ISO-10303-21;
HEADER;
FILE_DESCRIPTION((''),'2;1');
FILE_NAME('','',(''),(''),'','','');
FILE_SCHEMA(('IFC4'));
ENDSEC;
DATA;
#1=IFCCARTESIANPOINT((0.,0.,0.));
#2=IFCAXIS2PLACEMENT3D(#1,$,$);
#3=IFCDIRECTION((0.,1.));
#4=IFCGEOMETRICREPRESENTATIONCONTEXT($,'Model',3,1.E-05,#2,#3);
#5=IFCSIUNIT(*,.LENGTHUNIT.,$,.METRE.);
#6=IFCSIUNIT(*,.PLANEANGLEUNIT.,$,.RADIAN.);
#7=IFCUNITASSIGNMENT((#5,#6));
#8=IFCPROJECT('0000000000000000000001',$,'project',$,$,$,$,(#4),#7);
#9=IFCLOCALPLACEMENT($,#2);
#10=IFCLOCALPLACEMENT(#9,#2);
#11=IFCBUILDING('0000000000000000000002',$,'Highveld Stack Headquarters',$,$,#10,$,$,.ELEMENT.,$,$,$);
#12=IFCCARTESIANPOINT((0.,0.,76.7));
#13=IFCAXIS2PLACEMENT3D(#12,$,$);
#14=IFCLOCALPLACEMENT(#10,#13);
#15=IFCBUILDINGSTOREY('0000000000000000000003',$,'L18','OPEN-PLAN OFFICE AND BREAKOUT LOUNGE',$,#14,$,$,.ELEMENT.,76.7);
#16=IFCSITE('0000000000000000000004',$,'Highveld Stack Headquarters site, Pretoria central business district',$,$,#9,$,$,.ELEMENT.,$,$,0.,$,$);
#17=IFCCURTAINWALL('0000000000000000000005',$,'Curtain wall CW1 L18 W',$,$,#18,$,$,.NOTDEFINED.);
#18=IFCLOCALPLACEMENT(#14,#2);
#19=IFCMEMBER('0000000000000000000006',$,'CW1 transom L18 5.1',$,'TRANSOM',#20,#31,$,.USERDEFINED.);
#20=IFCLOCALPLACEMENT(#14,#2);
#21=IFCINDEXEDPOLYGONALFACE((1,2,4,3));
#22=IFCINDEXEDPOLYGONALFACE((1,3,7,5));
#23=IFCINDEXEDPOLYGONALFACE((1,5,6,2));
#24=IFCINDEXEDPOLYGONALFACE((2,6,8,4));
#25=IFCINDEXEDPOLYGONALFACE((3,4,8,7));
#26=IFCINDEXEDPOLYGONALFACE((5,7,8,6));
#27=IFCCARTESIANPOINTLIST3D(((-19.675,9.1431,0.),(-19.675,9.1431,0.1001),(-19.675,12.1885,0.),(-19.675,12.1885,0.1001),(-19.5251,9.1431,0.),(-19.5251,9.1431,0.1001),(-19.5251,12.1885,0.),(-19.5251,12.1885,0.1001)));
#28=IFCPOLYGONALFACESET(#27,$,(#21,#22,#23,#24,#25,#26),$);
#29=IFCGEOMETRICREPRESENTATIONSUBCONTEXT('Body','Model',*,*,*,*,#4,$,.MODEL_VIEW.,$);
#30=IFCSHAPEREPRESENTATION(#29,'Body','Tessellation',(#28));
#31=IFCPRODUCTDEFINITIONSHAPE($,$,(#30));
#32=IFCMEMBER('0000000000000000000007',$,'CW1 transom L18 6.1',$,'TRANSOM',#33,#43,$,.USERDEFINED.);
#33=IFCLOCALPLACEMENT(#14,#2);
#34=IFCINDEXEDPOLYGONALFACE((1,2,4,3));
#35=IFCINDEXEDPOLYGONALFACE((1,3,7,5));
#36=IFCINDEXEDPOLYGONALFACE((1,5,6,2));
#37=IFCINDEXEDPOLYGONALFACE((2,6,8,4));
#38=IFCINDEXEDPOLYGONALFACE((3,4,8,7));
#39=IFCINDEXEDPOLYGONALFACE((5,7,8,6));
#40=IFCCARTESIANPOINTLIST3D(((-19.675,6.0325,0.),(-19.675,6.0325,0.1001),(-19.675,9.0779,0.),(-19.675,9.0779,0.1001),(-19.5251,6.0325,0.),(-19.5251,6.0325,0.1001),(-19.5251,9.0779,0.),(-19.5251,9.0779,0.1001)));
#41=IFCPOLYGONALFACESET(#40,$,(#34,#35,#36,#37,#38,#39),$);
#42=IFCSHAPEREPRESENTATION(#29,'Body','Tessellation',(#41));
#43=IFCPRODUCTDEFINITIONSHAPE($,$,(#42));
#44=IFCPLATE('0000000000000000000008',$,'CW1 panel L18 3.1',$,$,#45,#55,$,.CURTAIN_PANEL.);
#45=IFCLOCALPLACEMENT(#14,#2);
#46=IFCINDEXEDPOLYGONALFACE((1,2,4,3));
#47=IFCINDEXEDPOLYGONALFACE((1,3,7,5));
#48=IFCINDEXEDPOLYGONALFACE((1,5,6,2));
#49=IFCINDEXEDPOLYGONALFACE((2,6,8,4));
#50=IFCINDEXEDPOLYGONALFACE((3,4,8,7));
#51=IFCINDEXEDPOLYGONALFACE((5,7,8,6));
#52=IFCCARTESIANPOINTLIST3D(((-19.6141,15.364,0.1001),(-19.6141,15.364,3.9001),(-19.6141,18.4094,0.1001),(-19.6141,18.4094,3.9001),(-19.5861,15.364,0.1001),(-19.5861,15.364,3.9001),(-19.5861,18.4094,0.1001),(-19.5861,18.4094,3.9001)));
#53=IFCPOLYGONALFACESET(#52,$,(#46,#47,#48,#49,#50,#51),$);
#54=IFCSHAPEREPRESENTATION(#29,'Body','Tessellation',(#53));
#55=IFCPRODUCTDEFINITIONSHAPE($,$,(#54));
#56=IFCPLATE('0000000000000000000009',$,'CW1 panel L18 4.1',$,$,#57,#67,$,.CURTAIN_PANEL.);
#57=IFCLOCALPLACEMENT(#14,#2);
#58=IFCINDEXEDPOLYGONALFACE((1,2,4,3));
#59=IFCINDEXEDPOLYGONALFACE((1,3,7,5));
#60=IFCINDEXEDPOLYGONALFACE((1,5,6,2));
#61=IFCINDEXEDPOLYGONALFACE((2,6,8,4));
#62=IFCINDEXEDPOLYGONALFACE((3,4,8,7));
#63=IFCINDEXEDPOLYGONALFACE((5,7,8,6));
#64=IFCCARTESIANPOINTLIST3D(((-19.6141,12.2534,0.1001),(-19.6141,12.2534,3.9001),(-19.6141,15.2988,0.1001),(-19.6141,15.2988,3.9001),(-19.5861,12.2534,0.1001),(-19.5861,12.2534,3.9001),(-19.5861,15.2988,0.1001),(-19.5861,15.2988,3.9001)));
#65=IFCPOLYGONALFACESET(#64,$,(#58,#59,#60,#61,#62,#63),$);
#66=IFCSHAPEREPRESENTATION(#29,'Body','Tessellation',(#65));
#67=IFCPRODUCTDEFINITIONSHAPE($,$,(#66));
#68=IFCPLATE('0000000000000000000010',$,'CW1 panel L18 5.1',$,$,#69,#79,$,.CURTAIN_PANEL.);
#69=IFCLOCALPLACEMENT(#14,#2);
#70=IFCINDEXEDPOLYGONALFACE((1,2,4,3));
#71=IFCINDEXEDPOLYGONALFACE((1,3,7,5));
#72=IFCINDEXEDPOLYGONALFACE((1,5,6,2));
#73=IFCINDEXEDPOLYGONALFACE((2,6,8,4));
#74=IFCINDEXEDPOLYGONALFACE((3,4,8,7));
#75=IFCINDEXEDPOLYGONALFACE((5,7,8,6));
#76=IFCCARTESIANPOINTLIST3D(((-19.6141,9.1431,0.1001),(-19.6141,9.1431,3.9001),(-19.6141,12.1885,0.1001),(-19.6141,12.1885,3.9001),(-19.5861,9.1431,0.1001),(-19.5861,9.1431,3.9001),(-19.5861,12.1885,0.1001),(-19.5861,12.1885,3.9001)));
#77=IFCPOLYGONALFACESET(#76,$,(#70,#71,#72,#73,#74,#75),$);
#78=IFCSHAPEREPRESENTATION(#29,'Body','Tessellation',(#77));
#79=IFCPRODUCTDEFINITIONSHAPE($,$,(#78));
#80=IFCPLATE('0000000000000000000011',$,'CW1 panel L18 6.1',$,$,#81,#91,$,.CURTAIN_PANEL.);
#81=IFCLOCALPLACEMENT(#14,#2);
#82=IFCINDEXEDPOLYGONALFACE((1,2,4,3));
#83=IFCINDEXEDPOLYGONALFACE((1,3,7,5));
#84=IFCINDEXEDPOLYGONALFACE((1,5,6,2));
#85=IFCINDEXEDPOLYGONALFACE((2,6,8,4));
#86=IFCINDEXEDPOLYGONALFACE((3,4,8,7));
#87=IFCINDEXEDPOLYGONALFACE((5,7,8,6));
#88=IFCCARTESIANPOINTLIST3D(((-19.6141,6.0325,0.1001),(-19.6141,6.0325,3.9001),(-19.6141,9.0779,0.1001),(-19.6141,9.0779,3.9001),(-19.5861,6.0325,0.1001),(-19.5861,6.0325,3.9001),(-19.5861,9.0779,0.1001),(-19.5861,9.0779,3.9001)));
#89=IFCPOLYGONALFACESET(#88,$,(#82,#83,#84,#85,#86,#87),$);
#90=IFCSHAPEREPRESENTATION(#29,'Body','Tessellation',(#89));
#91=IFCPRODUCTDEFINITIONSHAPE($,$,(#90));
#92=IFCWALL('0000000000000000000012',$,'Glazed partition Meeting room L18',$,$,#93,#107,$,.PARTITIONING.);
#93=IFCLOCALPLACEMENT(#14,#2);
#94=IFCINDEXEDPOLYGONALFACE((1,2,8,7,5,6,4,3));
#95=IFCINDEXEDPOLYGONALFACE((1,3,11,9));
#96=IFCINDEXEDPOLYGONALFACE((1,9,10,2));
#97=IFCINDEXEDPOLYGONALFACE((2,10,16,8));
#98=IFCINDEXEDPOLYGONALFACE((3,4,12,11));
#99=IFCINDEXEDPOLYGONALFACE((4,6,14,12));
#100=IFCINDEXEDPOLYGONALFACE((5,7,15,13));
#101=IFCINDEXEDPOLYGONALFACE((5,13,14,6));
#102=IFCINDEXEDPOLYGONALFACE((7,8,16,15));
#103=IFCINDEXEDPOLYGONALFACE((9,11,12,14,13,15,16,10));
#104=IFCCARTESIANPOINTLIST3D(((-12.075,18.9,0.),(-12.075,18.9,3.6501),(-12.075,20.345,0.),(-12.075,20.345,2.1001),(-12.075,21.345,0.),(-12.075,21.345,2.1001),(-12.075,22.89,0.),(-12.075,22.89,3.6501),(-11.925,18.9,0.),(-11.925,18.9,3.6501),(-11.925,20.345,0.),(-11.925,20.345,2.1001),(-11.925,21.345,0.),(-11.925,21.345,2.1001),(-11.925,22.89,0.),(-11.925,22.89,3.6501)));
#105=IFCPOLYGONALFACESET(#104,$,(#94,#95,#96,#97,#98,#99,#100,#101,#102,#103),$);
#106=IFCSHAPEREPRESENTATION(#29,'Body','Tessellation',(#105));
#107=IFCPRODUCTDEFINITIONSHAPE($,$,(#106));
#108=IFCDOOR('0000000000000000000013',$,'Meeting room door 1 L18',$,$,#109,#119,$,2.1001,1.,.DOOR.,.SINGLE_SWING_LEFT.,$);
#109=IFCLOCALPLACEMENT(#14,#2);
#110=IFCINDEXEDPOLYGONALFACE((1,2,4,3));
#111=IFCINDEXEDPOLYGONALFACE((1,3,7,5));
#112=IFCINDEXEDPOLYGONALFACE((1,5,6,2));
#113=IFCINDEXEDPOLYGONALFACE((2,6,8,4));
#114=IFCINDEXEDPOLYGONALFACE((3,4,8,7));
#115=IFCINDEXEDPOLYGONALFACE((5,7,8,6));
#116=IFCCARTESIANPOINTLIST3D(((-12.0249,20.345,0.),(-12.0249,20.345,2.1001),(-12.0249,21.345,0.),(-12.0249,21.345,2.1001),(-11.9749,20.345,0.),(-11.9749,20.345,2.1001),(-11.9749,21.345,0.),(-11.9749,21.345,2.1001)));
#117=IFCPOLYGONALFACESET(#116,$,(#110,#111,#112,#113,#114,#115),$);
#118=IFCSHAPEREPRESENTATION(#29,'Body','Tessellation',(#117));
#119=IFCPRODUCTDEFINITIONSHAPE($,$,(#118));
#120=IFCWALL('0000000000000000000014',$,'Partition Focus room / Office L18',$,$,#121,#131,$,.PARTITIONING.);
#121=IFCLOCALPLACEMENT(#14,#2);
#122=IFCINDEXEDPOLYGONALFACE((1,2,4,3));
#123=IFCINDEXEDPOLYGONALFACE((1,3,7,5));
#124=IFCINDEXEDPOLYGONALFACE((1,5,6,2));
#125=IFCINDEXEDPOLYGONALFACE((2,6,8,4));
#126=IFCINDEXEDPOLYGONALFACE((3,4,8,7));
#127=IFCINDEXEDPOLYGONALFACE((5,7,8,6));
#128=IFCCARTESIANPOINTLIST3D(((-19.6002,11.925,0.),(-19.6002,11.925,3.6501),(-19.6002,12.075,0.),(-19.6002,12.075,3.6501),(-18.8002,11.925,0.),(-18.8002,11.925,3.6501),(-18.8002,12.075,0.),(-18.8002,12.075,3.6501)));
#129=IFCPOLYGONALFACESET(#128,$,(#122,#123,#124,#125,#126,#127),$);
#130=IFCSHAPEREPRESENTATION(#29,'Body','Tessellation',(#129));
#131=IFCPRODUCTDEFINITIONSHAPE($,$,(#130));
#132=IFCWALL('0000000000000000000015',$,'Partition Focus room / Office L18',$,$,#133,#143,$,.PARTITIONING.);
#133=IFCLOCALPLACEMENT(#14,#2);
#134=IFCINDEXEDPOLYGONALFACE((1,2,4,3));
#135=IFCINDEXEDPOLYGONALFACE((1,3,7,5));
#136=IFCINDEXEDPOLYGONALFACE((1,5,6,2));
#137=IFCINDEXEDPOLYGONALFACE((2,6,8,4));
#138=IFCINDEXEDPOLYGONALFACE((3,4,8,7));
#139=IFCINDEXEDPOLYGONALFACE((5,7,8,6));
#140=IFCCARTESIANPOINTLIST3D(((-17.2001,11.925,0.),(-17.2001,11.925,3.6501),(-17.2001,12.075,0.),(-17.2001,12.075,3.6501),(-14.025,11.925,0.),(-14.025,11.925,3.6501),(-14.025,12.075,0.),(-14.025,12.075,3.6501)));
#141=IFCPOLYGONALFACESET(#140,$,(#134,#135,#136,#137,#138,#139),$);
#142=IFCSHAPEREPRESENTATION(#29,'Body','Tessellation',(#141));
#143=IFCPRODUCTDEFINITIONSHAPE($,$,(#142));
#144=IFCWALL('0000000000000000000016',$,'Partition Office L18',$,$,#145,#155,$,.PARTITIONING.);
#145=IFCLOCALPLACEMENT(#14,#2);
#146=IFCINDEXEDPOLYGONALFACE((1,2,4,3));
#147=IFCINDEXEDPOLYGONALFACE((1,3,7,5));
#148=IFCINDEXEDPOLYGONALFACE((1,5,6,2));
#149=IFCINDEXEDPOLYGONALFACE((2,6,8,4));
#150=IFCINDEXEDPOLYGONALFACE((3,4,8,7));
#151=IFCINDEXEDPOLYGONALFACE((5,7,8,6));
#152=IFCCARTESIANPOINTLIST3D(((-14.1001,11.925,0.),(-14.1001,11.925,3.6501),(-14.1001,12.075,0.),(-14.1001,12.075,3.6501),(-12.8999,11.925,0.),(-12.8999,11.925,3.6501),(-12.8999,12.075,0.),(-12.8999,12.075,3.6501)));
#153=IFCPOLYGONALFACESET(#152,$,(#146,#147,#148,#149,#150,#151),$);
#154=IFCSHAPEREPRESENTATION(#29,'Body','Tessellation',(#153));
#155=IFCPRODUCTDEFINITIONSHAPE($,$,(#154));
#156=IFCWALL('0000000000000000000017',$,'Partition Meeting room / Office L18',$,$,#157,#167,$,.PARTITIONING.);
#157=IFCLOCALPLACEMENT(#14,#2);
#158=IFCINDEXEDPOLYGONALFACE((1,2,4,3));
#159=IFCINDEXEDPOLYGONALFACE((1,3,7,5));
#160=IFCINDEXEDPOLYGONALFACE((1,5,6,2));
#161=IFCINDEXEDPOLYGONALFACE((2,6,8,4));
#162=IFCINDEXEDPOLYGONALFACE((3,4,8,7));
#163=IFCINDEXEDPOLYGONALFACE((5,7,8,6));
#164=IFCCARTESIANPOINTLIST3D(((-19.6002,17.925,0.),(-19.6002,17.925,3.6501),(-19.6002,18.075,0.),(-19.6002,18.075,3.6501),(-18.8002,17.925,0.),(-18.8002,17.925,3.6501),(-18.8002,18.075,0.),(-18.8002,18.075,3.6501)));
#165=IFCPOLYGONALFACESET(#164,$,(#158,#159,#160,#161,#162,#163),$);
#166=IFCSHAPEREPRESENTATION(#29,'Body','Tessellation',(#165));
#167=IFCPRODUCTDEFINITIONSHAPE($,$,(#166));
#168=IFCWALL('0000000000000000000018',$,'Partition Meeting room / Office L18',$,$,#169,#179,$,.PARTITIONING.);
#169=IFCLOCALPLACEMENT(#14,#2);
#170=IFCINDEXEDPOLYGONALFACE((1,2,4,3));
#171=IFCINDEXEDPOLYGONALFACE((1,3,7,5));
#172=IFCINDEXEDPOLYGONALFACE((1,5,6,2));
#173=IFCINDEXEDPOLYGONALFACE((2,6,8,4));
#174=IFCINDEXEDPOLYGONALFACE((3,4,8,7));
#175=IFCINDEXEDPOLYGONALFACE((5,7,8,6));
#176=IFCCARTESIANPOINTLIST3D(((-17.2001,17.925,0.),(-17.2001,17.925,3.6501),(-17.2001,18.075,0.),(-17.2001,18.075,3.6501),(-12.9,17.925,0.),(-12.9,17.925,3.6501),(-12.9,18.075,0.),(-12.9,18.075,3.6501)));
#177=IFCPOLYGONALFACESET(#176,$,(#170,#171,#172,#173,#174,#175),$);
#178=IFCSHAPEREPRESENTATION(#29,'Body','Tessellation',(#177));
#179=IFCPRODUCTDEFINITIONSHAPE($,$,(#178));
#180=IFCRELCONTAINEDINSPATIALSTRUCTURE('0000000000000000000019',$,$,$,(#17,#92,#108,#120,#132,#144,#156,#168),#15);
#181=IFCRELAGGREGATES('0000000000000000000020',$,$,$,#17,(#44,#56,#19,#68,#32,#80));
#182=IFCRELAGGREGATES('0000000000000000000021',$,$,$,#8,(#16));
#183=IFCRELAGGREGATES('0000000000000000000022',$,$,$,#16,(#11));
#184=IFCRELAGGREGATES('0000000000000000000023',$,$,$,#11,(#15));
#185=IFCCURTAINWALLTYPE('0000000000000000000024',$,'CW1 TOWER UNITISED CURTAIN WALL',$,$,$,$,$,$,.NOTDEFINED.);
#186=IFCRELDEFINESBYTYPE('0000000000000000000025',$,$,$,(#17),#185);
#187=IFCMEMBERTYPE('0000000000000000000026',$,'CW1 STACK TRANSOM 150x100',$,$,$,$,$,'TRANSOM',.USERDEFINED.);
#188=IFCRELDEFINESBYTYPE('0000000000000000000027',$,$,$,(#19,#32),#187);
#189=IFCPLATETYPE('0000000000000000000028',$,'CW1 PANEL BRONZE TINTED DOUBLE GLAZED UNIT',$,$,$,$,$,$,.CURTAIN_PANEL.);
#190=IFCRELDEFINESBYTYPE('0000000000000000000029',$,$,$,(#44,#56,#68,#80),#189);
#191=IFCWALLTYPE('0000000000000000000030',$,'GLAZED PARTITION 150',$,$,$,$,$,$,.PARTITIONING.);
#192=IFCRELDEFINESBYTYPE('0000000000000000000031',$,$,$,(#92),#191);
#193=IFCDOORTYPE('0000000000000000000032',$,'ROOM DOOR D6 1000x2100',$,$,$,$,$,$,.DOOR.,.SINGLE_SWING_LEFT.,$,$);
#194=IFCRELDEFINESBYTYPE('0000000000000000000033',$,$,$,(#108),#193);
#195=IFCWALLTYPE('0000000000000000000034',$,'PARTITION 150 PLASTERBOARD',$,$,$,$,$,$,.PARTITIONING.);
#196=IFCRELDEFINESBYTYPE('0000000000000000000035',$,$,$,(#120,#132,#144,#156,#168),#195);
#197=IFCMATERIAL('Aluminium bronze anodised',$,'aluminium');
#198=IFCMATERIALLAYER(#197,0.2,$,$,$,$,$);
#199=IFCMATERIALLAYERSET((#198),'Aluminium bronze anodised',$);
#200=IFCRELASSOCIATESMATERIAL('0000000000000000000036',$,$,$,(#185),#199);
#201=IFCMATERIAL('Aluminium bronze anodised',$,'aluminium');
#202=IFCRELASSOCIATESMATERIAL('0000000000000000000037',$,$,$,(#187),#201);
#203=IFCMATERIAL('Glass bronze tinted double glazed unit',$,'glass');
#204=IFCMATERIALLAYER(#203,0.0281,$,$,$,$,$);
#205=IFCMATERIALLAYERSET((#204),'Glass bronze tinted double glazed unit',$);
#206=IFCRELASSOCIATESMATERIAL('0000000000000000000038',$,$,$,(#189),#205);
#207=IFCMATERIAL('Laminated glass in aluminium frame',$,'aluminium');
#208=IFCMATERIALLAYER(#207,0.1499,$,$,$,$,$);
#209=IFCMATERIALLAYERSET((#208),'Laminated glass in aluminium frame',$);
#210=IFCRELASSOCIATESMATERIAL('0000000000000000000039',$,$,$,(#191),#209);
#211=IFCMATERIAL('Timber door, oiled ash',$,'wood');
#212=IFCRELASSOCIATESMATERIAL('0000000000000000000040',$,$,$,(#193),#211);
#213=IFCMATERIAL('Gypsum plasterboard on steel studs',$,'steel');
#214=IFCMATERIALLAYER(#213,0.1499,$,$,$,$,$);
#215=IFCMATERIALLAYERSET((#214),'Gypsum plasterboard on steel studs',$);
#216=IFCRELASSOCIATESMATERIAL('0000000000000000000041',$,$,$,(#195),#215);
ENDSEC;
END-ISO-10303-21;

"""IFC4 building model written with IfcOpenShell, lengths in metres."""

from ifc_helpers import new_model, si_unit, direction, frame, frame_2d, origin, origin_2d, place, context, subcontext, project, spatial, rectangle, extrude, material, layer, layer_set, material_profile, profile_set, type_object, element, fill, aggregate, save


model = new_model("IFC4")

# Units and contexts
model_context = context("Model", 3, precision=1e-05, world=origin(), true_north=direction((0.0, 1.0)))
body_context = subcontext(model_context, "Body", "Model", "MODEL_VIEW")
ifc_project = project(units=[si_unit("LENGTHUNIT", "METRE"), si_unit("PLANEANGLEUNIT", "RADIAN")], contexts=[model_context])

# Site, building, storey
site_placement = place(None, origin())
site = spatial("IfcSite", under=ifc_project, at=site_placement, Name="Highveld Stack Headquarters site, Pretoria central business district", CompositionType="ELEMENT", RefElevation=0.0)
building_placement = place(site_placement, origin())
building = spatial("IfcBuilding", under=site, at=building_placement, Name="Highveld Stack Headquarters", CompositionType="ELEMENT")
storey_placement = place(building_placement, frame((0.0, 0.0, 76.7)))
storey = spatial("IfcBuildingStorey", under=building, at=storey_placement, Name="L18", Description="OPEN-PLAN OFFICE AND BREAKOUT LOUNGE", CompositionType="ELEMENT", Elevation=76.7)

# Curtain wall, members, plates
ifc_material_1 = material(Name="Aluminium bronze anodised", Category="aluminium")
ifc_layer_1 = layer(ifc_material_1, 0.2)
ifc_layer_set_1 = layer_set([ifc_layer_1], Name="Aluminium bronze anodised")
curtain_wall_type = type_object("IfcCurtainWallType", Name="CW1 TOWER UNITISED CURTAIN WALL", PredefinedType="NOTDEFINED", material=ifc_layer_set_1)
curtain_wall_placement = place(storey_placement, origin())
curtain_wall = element("IfcCurtainWall", 1, at=curtain_wall_placement, inside=storey, type_object=curtain_wall_type, Name="Curtain wall CW1 L18 W", PredefinedType="NOTDEFINED")
ifc_material_2 = material(Name="Aluminium bronze anodised", Category="aluminium")
ifc_material_profile_1 = material_profile(ifc_material_2, rectangle(XDim=0.1499, YDim=0.1001, at=origin_2d()), Name="CW1 TRANSOM 150x100")
ifc_profile_set_1 = profile_set([ifc_material_profile_1], Name="Aluminium bronze anodised")
member_type_1 = type_object("IfcMemberType", Name="CW1 STACK TRANSOM 150x100", ElementType="TRANSOM", PredefinedType="USERDEFINED", material=ifc_profile_set_1)
member_1_placement = place(storey_placement, frame((-19.6001, 12.1885, 0.05), z_axis=(0.0, -1.0, 0.0), x_axis=(1.0, 0.0, 0.0)))
member_1 = element("IfcMember", 2, at=member_1_placement, type_object=member_type_1, Name="CW1 transom L18 5.1", ObjectType="TRANSOM", PredefinedType="USERDEFINED", context=body_context, shape_type="SweptSolid", body=[
    extrude(rectangle(XDim=0.1499, YDim=0.1001, at=origin_2d()), origin(), (0.0, 0.0, 1.0), 3.0454),
])
member_2_placement = place(storey_placement, frame((-19.6001, 9.0779, 0.05), z_axis=(0.0, -1.0, 0.0), x_axis=(1.0, 0.0, 0.0)))
member_2 = element("IfcMember", 3, at=member_2_placement, type_object=member_type_1, Name="CW1 transom L18 6.1", ObjectType="TRANSOM", PredefinedType="USERDEFINED", context=body_context, shape_type="SweptSolid", body=[
    extrude(rectangle(XDim=0.1499, YDim=0.1001, at=origin_2d()), origin(), (0.0, 0.0, 1.0), 3.0454),
])
ifc_material_3 = material(Name="Glass bronze tinted double glazed unit", Category="glass")
ifc_layer_2 = layer(ifc_material_3, 0.0281)
ifc_layer_set_2 = layer_set([ifc_layer_2], Name="Glass bronze tinted double glazed unit")
plate_type = type_object("IfcPlateType", Name="CW1 PANEL BRONZE TINTED DOUBLE GLAZED UNIT", PredefinedType="CURTAIN_PANEL", material=ifc_layer_set_2)
plate_1_placement = place(storey_placement, frame((-19.6001, 16.8867, 0.1001), z_axis=(0.0, 0.0, 1.0), x_axis=(0.0, -1.0, 0.0)))
plate_1 = element("IfcPlate", 4, at=plate_1_placement, type_object=plate_type, Name="CW1 panel L18 3.1", PredefinedType="CURTAIN_PANEL", context=body_context, shape_type="SweptSolid", body=[
    extrude(rectangle(XDim=3.0454, YDim=0.0281, at=origin_2d()), origin(), (0.0, 0.0, 1.0), 3.8),
])
plate_2_placement = place(storey_placement, frame((-19.6001, 13.7761, 0.1001), z_axis=(0.0, 0.0, 1.0), x_axis=(0.0, -1.0, 0.0)))
plate_2 = element("IfcPlate", 5, at=plate_2_placement, type_object=plate_type, Name="CW1 panel L18 4.1", PredefinedType="CURTAIN_PANEL", context=body_context, shape_type="SweptSolid", body=[
    extrude(rectangle(XDim=3.0454, YDim=0.0281, at=origin_2d()), origin(), (0.0, 0.0, 1.0), 3.8),
])
plate_3_placement = place(storey_placement, frame((-19.6001, 10.6658, 0.1001), z_axis=(0.0, 0.0, 1.0), x_axis=(0.0, -1.0, 0.0)))
plate_3 = element("IfcPlate", 6, at=plate_3_placement, type_object=plate_type, Name="CW1 panel L18 5.1", PredefinedType="CURTAIN_PANEL", context=body_context, shape_type="SweptSolid", body=[
    extrude(rectangle(XDim=3.0454, YDim=0.0281, at=origin_2d()), origin(), (0.0, 0.0, 1.0), 3.8),
])
plate_4_placement = place(storey_placement, frame((-19.6001, 7.5552, 0.1001), z_axis=(0.0, 0.0, 1.0), x_axis=(0.0, -1.0, 0.0)))
plate_4 = element("IfcPlate", 7, at=plate_4_placement, type_object=plate_type, Name="CW1 panel L18 6.1", PredefinedType="CURTAIN_PANEL", context=body_context, shape_type="SweptSolid", body=[
    extrude(rectangle(XDim=3.0454, YDim=0.0281, at=origin_2d()), origin(), (0.0, 0.0, 1.0), 3.8),
])
aggregate(curtain_wall, [plate_1, plate_2, member_1, plate_3, member_2, plate_4])

# Wall, opening, door
ifc_material_4 = material(Name="Laminated glass in aluminium frame", Category="aluminium")
ifc_layer_3 = layer(ifc_material_4, 0.1499)
ifc_layer_set_3 = layer_set([ifc_layer_3], Name="Laminated glass in aluminium frame")
wall_type_1 = type_object("IfcWallType", Name="GLAZED PARTITION 150", PredefinedType="PARTITIONING", material=ifc_layer_set_3)
wall_1_placement = place(storey_placement, frame((-12.0, 18.8999, 0.0), z_axis=(0.0, 0.0, 1.0), x_axis=(0.0, 1.0, 0.0)))
wall_1 = element("IfcWall", 8, at=wall_1_placement, inside=storey, type_object=wall_type_1, Name="Glazed partition Meeting room L18", PredefinedType="PARTITIONING", context=body_context, shape_type="SweptSolid", body=[
    extrude(rectangle(XDim=3.99, YDim=0.1499, at=frame_2d((1.9951, 0.0))), origin(), (0.0, 0.0, 1.0), 3.6501),
])
opening_1_placement = place(wall_1_placement, frame((1.4451, 0.0, 0.0)))
opening_1 = element("IfcOpeningElement", 9, at=opening_1_placement, cuts=wall_1, PredefinedType="OPENING", context=body_context, shape_type="SweptSolid", body=[
    extrude(rectangle(XDim=1.0, YDim=2.1001, at=frame_2d((0.5, 1.05))), frame((0.0, 0.085, 0.0), z_axis=(0.0, -1.0, 0.0), x_axis=(1.0, 0.0, 0.0)), (0.0, 0.0, 1.0), 0.1699),
])
ifc_material_5 = material(Name="Timber door, oiled ash", Category="wood")
door_type = type_object("IfcDoorType", Name="ROOM DOOR D6 1000x2100", OperationType="SINGLE_SWING_LEFT", PredefinedType="DOOR", material=ifc_material_5)
door_1_placement = place(opening_1_placement, origin())
door_1 = element("IfcDoor", 10, at=door_1_placement, inside=storey, type_object=door_type, Name="Meeting room door 1 L18", OperationType="SINGLE_SWING_LEFT", OverallHeight=2.1001, OverallWidth=1.0, PredefinedType="DOOR", context=body_context, shape_type="SweptSolid", body=[
    extrude(rectangle(XDim=1.0, YDim=2.1001, at=frame_2d((0.5, 1.05))), frame((0.0, 0.0249, 0.0), z_axis=(0.0, -1.0, 0.0), x_axis=(1.0, 0.0, 0.0)), (0.0, 0.0, 1.0), 0.05),
])
fill(opening_1, door_1)

# Walls
ifc_material_6 = material(Name="Gypsum plasterboard on steel studs", Category="steel")
ifc_layer_4 = layer(ifc_material_6, 0.1499)
ifc_layer_set_4 = layer_set([ifc_layer_4], Name="Gypsum plasterboard on steel studs")
wall_type_2 = type_object("IfcWallType", Name="PARTITION 150 PLASTERBOARD", PredefinedType="PARTITIONING", material=ifc_layer_set_4)
wall_2_placement = place(storey_placement, frame((-19.6001, 12.0, 0.0), z_axis=(0.0, 0.0, 1.0), x_axis=(1.0, 0.0, 0.0)))
element("IfcWall", 11, at=wall_2_placement, inside=storey, type_object=wall_type_2, Name="Partition Focus room / Office L18", PredefinedType="PARTITIONING", context=body_context, shape_type="SweptSolid", body=[
    extrude(rectangle(XDim=0.8, YDim=0.1499, at=frame_2d((0.3999, 0.0))), origin(), (0.0, 0.0, 1.0), 3.6501),
])
wall_3_placement = place(storey_placement, frame((-17.2, 12.0, 0.0), z_axis=(0.0, 0.0, 1.0), x_axis=(1.0, 0.0, 0.0)))
element("IfcWall", 12, at=wall_3_placement, inside=storey, type_object=wall_type_2, Name="Partition Focus room / Office L18", PredefinedType="PARTITIONING", context=body_context, shape_type="SweptSolid", body=[
    extrude(rectangle(XDim=3.175, YDim=0.1499, at=frame_2d((1.5874, 0.0))), origin(), (0.0, 0.0, 1.0), 3.6501),
])
wall_4_placement = place(storey_placement, frame((-14.1001, 12.0, 0.0), z_axis=(0.0, 0.0, 1.0), x_axis=(1.0, 0.0, 0.0)))
element("IfcWall", 13, at=wall_4_placement, inside=storey, type_object=wall_type_2, Name="Partition Office L18", PredefinedType="PARTITIONING", context=body_context, shape_type="SweptSolid", body=[
    extrude(rectangle(XDim=1.2002, YDim=0.1499, at=frame_2d((0.6001, 0.0))), origin(), (0.0, 0.0, 1.0), 3.6501),
])
wall_5_placement = place(storey_placement, frame((-19.6001, 18.0, 0.0), z_axis=(0.0, 0.0, 1.0), x_axis=(1.0, 0.0, 0.0)))
element("IfcWall", 14, at=wall_5_placement, inside=storey, type_object=wall_type_2, Name="Partition Meeting room / Office L18", PredefinedType="PARTITIONING", context=body_context, shape_type="SweptSolid", body=[
    extrude(rectangle(XDim=0.8, YDim=0.1499, at=frame_2d((0.3999, 0.0))), origin(), (0.0, 0.0, 1.0), 3.6501),
])
wall_6_placement = place(storey_placement, frame((-17.2, 18.0, 0.0), z_axis=(0.0, 0.0, 1.0), x_axis=(1.0, 0.0, 0.0)))
element("IfcWall", 15, at=wall_6_placement, inside=storey, type_object=wall_type_2, Name="Partition Meeting room / Office L18", PredefinedType="PARTITIONING", context=body_context, shape_type="SweptSolid", body=[
    extrude(rectangle(XDim=4.3, YDim=0.1499, at=frame_2d((2.1499, 0.0))), origin(), (0.0, 0.0, 1.0), 3.6501),
])

save(model, "model.ifc")
